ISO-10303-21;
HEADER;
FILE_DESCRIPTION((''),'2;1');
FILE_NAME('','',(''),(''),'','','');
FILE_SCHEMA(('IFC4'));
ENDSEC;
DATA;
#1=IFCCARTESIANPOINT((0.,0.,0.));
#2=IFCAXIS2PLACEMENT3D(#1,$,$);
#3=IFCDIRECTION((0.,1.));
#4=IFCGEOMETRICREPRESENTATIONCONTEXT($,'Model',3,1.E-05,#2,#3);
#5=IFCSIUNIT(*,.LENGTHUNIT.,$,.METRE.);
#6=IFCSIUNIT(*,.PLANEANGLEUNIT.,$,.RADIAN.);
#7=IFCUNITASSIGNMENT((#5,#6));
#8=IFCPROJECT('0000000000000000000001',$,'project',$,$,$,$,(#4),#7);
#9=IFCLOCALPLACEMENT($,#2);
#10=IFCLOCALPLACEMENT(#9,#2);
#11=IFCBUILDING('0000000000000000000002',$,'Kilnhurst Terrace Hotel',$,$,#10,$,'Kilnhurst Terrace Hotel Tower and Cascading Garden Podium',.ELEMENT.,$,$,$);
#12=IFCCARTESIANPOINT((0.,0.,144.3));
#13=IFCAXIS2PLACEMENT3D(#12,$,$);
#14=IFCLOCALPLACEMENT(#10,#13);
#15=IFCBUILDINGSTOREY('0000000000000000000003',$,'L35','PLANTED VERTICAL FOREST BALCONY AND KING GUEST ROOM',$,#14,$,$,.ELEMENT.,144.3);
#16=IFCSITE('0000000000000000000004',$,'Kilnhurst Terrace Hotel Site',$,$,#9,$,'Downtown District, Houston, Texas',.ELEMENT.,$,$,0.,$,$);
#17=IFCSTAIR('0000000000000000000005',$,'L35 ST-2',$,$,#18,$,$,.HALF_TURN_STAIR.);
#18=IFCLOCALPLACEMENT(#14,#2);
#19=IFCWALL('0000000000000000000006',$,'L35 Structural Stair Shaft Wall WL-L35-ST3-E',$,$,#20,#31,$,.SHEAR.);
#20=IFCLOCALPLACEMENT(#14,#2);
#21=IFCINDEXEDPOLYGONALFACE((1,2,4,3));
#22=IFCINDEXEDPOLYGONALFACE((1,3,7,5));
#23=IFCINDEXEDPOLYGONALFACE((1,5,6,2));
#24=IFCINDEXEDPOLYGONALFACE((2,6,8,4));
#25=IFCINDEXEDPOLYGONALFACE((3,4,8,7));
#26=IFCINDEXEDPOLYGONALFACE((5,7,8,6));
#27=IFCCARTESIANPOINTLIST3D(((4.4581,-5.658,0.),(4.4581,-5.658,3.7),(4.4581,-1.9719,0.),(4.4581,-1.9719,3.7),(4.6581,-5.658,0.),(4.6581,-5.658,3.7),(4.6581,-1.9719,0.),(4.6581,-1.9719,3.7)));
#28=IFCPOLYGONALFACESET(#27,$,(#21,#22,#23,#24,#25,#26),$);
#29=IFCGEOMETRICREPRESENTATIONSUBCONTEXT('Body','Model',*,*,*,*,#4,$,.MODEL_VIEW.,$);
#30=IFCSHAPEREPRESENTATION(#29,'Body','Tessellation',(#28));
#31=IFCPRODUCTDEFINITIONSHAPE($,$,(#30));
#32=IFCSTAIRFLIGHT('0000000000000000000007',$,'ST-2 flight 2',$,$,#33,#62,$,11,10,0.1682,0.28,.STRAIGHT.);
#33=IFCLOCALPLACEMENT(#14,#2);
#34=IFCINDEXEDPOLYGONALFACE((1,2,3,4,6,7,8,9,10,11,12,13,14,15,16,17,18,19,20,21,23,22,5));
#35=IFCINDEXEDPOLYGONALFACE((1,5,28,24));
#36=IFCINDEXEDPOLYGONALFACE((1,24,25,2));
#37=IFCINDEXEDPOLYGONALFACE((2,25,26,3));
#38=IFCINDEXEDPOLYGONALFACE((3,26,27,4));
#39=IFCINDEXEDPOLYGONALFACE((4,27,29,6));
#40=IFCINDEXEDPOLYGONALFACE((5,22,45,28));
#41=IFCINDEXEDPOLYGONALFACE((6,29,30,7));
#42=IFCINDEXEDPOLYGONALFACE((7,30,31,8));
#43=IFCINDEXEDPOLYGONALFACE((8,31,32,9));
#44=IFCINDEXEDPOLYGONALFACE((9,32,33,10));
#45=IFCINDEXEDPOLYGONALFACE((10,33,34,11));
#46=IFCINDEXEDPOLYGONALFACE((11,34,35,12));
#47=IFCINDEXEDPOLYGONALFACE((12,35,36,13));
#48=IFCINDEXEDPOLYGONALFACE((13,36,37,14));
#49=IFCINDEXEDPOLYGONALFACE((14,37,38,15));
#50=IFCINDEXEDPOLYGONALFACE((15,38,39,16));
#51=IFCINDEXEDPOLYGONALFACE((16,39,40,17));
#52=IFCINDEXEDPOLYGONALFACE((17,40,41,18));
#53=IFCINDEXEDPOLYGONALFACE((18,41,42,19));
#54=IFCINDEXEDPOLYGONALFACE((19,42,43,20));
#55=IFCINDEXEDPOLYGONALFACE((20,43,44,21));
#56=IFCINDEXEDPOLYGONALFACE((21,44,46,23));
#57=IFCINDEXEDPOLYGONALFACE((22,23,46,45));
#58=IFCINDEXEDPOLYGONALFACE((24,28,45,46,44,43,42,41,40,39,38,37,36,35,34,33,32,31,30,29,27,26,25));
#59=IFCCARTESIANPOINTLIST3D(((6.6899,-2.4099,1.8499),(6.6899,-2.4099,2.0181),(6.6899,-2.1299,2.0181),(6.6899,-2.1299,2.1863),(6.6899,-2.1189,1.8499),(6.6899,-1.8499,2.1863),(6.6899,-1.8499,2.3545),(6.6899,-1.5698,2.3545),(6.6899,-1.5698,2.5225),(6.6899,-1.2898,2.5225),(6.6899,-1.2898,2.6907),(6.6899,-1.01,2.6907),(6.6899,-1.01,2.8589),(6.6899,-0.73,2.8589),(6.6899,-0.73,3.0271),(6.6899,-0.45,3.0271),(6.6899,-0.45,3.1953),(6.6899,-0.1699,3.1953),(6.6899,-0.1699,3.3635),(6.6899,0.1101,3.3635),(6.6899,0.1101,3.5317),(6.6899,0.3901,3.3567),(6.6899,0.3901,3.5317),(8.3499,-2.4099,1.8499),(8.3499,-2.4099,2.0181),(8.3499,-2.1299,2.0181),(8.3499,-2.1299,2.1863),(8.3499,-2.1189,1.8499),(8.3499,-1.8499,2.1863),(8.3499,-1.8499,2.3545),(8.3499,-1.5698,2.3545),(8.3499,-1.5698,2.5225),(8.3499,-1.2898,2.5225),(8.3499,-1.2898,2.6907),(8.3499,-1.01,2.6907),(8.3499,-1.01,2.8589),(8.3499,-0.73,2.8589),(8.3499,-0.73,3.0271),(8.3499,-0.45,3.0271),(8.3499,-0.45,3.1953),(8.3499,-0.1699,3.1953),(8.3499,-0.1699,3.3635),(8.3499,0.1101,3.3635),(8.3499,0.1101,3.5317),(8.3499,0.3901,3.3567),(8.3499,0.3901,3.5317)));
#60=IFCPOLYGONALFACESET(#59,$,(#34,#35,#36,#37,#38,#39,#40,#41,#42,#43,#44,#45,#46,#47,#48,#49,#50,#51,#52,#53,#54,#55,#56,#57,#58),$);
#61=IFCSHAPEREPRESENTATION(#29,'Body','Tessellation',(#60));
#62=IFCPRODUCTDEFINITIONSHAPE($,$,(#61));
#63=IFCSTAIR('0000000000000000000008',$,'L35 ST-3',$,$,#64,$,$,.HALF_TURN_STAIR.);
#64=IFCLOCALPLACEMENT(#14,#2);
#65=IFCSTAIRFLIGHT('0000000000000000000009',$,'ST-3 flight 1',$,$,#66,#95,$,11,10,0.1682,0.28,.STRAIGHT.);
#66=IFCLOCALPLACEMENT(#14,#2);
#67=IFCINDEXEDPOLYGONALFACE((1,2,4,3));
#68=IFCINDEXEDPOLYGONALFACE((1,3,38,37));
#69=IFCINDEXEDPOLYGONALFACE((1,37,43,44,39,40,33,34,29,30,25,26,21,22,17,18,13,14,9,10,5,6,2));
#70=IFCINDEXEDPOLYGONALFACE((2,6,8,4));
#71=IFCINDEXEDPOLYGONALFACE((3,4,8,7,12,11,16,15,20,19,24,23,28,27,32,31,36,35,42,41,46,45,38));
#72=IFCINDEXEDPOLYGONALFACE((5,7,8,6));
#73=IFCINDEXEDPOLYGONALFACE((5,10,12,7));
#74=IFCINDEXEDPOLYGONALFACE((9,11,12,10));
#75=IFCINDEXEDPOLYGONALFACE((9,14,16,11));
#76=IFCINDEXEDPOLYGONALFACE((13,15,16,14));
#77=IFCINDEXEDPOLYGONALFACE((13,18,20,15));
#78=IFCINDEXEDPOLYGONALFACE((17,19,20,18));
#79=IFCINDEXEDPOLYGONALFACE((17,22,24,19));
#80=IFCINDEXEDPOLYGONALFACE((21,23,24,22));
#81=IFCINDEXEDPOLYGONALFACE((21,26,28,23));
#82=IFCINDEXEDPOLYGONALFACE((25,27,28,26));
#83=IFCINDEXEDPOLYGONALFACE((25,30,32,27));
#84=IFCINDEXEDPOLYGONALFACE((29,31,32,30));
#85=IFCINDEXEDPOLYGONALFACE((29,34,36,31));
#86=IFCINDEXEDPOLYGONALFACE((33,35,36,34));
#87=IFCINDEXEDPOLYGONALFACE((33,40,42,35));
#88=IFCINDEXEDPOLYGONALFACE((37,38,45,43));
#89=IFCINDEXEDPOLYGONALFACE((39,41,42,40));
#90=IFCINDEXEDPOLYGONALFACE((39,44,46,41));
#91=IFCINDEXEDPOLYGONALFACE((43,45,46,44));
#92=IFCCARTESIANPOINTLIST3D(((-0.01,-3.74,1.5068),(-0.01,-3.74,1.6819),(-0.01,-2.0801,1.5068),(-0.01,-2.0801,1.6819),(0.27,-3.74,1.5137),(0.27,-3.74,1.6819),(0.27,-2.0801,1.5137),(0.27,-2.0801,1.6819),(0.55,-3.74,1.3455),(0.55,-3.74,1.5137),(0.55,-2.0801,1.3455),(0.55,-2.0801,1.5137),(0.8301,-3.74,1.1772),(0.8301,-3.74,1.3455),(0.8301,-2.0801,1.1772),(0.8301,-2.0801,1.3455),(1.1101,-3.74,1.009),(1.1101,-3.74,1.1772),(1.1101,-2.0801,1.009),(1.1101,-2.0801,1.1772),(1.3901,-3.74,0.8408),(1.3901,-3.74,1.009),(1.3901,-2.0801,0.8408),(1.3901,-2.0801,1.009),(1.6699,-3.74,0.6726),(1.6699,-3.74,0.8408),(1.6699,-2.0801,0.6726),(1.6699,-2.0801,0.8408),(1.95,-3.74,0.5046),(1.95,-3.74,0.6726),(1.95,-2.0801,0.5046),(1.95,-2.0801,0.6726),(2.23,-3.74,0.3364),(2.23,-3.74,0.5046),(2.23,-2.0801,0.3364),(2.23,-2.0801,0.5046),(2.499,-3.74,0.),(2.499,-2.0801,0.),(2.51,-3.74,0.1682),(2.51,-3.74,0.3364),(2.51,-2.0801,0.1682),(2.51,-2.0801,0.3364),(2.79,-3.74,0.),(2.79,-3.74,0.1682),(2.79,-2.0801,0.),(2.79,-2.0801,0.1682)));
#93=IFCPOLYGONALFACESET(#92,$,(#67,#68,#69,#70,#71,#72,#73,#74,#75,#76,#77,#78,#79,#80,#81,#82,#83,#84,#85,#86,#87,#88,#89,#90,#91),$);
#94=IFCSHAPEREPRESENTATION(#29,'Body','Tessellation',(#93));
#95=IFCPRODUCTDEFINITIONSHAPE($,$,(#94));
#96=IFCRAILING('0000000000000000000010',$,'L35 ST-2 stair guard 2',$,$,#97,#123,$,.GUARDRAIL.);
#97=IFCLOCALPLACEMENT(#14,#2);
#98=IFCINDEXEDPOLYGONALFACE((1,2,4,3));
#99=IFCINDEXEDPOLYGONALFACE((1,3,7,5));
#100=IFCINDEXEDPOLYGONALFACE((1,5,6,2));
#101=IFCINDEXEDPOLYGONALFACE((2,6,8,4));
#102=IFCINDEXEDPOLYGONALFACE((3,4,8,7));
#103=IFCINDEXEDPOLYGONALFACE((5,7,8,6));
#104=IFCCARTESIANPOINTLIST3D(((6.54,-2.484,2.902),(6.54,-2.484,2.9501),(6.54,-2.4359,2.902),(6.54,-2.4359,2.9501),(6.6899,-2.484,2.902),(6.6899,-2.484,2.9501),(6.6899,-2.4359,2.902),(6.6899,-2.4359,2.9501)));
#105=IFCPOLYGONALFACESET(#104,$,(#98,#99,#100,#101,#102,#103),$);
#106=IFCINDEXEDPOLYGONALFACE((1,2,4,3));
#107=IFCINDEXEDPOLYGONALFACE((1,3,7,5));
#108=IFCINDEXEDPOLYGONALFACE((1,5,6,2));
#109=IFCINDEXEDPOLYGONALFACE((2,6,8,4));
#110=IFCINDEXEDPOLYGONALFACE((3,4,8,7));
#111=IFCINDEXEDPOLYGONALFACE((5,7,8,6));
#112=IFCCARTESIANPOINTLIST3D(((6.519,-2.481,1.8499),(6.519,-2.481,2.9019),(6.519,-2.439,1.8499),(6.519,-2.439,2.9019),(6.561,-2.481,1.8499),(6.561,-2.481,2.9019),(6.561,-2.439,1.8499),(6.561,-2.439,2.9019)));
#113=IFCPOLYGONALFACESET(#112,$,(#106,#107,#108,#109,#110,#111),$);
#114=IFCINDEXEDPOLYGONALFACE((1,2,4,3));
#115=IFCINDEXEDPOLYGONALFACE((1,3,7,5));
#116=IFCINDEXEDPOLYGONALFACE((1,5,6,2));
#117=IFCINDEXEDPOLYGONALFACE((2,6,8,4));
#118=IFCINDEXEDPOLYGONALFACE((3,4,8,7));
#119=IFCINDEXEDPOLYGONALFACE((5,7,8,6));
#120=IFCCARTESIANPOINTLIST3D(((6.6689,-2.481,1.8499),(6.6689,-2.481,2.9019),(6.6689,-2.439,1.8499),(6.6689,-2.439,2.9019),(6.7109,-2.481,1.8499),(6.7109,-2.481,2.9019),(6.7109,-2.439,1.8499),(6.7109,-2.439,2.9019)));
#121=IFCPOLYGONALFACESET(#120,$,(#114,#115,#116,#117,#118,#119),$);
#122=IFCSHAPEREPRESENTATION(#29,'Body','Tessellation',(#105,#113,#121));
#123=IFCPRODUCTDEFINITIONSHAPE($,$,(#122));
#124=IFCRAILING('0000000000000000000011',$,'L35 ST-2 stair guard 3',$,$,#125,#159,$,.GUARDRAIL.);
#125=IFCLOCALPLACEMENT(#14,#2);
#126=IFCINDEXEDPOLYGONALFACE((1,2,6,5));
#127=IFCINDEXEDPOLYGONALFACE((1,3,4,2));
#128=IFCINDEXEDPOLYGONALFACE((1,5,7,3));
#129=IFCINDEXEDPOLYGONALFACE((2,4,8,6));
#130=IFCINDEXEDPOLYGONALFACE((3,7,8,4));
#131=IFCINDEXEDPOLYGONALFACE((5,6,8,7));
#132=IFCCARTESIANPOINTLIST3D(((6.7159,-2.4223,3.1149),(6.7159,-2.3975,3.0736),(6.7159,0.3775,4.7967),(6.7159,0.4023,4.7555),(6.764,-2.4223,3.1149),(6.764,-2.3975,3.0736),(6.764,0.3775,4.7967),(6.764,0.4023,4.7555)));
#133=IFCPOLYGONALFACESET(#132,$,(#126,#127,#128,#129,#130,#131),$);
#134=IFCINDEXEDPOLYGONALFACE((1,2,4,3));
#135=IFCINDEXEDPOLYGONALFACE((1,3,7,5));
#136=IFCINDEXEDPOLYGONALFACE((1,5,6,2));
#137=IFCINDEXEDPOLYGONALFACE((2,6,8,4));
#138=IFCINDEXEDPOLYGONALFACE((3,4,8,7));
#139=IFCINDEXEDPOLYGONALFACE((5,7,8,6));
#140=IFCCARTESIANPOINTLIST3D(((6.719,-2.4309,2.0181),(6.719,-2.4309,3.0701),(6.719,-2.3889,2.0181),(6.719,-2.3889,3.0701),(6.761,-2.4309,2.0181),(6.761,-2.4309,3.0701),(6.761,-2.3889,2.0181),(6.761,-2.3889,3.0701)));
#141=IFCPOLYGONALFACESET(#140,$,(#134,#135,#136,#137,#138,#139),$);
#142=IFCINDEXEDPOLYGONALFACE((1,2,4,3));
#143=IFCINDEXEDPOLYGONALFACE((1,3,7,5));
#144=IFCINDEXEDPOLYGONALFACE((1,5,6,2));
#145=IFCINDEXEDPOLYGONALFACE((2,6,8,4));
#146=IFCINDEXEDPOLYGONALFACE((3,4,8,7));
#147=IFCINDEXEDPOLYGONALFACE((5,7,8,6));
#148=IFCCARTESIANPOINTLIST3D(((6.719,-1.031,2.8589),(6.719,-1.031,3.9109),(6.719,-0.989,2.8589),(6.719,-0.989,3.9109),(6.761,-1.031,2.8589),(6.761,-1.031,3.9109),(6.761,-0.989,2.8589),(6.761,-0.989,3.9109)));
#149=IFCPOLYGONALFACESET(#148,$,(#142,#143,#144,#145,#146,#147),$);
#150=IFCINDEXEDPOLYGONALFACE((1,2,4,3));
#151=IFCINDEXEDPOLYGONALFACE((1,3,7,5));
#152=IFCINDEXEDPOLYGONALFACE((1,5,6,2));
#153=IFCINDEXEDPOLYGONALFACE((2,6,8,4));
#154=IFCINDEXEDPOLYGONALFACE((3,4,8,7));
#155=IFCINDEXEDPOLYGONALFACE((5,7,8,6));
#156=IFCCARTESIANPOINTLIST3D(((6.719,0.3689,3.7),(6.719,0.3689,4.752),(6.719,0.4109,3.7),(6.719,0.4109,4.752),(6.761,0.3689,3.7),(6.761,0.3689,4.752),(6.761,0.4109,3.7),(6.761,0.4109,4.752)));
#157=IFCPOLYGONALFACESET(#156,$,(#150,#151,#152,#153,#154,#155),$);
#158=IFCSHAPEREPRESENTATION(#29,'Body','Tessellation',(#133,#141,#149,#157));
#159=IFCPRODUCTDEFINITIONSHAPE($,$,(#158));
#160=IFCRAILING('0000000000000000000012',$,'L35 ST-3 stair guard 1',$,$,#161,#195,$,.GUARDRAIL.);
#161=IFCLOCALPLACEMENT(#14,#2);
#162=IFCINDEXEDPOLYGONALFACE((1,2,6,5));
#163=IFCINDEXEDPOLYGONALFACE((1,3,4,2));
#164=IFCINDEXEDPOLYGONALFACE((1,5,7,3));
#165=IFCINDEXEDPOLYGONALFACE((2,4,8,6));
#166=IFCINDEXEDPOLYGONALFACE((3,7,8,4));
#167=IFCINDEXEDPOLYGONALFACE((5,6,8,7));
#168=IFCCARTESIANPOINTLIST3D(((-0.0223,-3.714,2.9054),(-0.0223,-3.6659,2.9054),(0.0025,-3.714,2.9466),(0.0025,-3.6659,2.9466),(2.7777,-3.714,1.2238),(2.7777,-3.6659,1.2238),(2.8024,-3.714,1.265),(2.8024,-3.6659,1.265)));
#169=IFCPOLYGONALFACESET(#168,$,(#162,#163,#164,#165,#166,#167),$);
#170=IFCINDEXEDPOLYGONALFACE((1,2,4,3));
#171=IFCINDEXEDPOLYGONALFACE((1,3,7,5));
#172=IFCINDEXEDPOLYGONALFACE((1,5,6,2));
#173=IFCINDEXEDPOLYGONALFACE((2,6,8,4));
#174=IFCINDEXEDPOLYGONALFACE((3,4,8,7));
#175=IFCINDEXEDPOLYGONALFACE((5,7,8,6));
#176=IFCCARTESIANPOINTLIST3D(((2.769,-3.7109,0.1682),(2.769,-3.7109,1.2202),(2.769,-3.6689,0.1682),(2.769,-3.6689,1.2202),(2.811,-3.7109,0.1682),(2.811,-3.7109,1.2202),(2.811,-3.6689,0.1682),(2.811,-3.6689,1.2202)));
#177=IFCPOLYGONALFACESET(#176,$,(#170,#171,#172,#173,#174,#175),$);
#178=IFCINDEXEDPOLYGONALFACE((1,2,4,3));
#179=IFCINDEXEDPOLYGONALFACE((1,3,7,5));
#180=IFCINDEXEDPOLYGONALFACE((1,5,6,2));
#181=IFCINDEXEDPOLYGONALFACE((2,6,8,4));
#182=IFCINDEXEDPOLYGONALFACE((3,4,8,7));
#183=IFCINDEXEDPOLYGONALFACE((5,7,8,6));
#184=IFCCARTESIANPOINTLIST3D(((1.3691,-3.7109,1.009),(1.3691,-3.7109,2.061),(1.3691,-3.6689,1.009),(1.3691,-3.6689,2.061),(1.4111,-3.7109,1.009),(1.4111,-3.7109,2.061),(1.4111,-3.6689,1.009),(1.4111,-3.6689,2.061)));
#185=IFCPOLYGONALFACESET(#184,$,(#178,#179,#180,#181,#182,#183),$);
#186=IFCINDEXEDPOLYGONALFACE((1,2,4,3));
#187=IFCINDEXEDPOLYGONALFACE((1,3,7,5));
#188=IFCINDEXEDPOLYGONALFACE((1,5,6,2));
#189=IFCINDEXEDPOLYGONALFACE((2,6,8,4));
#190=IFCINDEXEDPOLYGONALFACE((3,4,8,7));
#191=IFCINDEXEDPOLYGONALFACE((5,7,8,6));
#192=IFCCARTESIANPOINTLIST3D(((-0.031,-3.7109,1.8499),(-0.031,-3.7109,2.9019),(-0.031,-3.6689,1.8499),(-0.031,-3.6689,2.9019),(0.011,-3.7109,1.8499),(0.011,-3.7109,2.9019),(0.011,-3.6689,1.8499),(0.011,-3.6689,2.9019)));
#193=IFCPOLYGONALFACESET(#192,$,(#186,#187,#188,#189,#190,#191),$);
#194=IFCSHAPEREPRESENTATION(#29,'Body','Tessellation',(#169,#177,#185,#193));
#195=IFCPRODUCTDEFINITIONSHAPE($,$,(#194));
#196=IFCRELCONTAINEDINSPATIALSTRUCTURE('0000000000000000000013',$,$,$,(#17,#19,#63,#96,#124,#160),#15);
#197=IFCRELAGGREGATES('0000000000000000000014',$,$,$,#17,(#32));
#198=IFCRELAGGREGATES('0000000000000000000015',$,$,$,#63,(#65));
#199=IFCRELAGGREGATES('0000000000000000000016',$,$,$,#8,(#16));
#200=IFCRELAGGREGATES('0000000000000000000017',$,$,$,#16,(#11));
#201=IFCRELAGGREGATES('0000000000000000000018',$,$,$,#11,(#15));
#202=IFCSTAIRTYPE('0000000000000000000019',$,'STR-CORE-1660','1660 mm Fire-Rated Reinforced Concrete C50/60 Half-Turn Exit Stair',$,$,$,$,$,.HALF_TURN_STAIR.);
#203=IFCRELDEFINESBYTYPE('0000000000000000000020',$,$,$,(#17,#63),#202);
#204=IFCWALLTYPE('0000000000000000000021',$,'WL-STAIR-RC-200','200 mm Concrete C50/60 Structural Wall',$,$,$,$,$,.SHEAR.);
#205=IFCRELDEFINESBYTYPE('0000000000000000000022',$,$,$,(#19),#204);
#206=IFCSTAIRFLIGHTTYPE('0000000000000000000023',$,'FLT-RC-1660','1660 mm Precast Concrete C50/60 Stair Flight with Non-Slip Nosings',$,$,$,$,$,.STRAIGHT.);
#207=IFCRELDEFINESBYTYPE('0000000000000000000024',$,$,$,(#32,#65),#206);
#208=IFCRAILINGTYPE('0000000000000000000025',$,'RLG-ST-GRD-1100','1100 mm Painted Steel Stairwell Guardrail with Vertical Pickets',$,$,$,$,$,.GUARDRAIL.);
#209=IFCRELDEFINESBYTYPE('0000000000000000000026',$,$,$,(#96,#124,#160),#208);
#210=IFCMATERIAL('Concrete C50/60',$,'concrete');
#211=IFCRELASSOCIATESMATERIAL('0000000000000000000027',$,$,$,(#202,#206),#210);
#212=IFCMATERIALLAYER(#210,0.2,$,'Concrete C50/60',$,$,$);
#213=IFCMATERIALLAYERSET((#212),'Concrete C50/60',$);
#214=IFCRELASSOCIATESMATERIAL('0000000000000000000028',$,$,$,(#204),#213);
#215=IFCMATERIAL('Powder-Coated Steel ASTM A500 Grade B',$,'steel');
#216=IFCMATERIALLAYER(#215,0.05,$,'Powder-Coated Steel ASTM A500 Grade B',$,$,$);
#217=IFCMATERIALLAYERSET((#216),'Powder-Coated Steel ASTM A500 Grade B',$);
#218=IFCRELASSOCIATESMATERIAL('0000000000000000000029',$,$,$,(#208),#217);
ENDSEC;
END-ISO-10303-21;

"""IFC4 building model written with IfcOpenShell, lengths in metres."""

from ifc_helpers import new_model, si_unit, direction, frame, frame_2d, origin, origin_2d, place, context, subcontext, project, spatial, polyline, rectangle, outline, extrude, material, layer, layer_set, type_object, element, aggregate, save


model = new_model("IFC4")

# Units and contexts
model_context = context("Model", 3, precision=1e-05, world=origin(), true_north=direction((0.0, 1.0)))
body_context = subcontext(model_context, "Body", "Model", "MODEL_VIEW")
ifc_project = project(units=[si_unit("LENGTHUNIT", "METRE"), si_unit("PLANEANGLEUNIT", "RADIAN")], contexts=[model_context])

# Site, building, storey
site_placement = place(None, origin())
site = spatial("IfcSite", under=ifc_project, at=site_placement, Name="Kilnhurst Terrace Hotel Site", LongName="Downtown District, Houston, Texas", CompositionType="ELEMENT", RefElevation=0.0)
building_placement = place(site_placement, origin())
building = spatial("IfcBuilding", under=site, at=building_placement, Name="Kilnhurst Terrace Hotel", LongName="Kilnhurst Terrace Hotel Tower and Cascading Garden Podium", CompositionType="ELEMENT")
storey_placement = place(building_placement, frame((0.0, 0.0, 144.3)))
storey = spatial("IfcBuildingStorey", under=building, at=storey_placement, Name="L35", Description="PLANTED VERTICAL FOREST BALCONY AND KING GUEST ROOM", CompositionType="ELEMENT", Elevation=144.3)

# Stair
ifc_material_1 = material(Name="Concrete C50/60", Category="concrete")
stair_type = type_object("IfcStairType", Name="STR-CORE-1660", Description="1660 mm Fire-Rated Reinforced Concrete C50/60 Half-Turn Exit Stair", PredefinedType="HALF_TURN_STAIR", material=ifc_material_1)
stair_1_placement = place(storey_placement, origin())
stair_1 = element("IfcStair", 1, at=stair_1_placement, inside=storey, type_object=stair_type, Name="L35 ST-2", PredefinedType="HALF_TURN_STAIR")

# Wall
ifc_layer_1 = layer(ifc_material_1, 0.2, Name="Concrete C50/60")
ifc_layer_set_1 = layer_set([ifc_layer_1], Name="Concrete C50/60")
wall_type_1 = type_object("IfcWallType", Name="WL-STAIR-RC-200", Description="200 mm Concrete C50/60 Structural Wall", PredefinedType="SHEAR", material=ifc_layer_set_1)
for number, where, z_axis, x_axis, name in (
    (2, (4.5581, -5.658, 0.0), (0.0, 0.0, 1.0), (0.0, 1.0, 0.0), "L35 Structural Stair Shaft Wall WL-L35-ST3-E"),
):
    element("IfcWall", number, at=place(storey_placement, frame(where, z_axis=z_axis, x_axis=x_axis)), inside=storey, type_object=wall_type_1, Name=name, PredefinedType="SHEAR", context=body_context, shape_type="SweptSolid", body=[
        extrude(rectangle(XDim=3.686, YDim=0.2, at=frame_2d((1.843, 0.0))), origin(), (0.0, 0.0, 1.0), 3.7),
    ])

# Stair flight
stair_flight_type = type_object("IfcStairFlightType", Name="FLT-RC-1660", Description="1660 mm Precast Concrete C50/60 Stair Flight with Non-Slip Nosings", PredefinedType="STRAIGHT", material=ifc_material_1)
stair_flight_1_placement = place(storey_placement, frame((7.52, -2.4099, 1.8499), z_axis=(0.0, 0.0, 1.0), x_axis=(0.0, 1.0, 0.0)))
stair_flight_1 = element("IfcStairFlight", 3, at=stair_flight_1_placement, type_object=stair_flight_type, Name="ST-2 flight 2", NumberOfRisers=11, NumberOfTreads=10, PredefinedType="STRAIGHT", RiserHeight=0.1682, TreadLength=0.28, context=body_context, shape_type="SweptSolid", body=[
    extrude(outline(polyline([(0.0, 0.0), (0.0, 0.1682), (0.28, 0.1682), (0.28, 0.3364), (0.5601, 0.3364), (0.5601, 0.5046), (0.8401, 0.5046), (0.8401, 0.6726), (1.1201, 0.6726), (1.1201, 0.8408), (1.3999, 0.8408), (1.3999, 1.009), (1.6799, 1.009), (1.6799, 1.1772), (1.96, 1.1772), (1.96, 1.3455), (2.24, 1.3455), (2.24, 1.5137), (2.52, 1.5137), (2.52, 1.6819), (2.8, 1.6819), (2.8, 1.8501), (2.8, 1.5068), (0.291, 0.0), (0.0, 0.0)])), frame((0.0, 0.8301, 0.0), z_axis=(0.0, -1.0, 0.0), x_axis=(1.0, 0.0, 0.0)), (0.0, 0.0, 1.0), 1.6599),
])
aggregate(stair_1, [stair_flight_1])

# Stair, stair flight
stair_2_placement = place(storey_placement, origin())
stair_2 = element("IfcStair", 4, at=stair_2_placement, inside=storey, type_object=stair_type, Name="L35 ST-3", PredefinedType="HALF_TURN_STAIR")
stair_flight_2_placement = place(storey_placement, frame((2.79, -2.9099, 0.0), z_axis=(0.0, 0.0, 1.0), x_axis=(-1.0, 0.0, 0.0)))
stair_flight_2 = element("IfcStairFlight", 5, at=stair_flight_2_placement, type_object=stair_flight_type, Name="ST-3 flight 1", NumberOfRisers=11, NumberOfTreads=10, PredefinedType="STRAIGHT", RiserHeight=0.1682, TreadLength=0.28, context=body_context, shape_type="SweptSolid", body=[
    extrude(outline(polyline([(0.0, 0.0), (0.0, 0.1682), (0.28, 0.1682), (0.28, 0.3364), (0.5601, 0.3364), (0.5601, 0.5046), (0.8401, 0.5046), (0.8401, 0.6726), (1.1201, 0.6726), (1.1201, 0.8408), (1.3999, 0.8408), (1.3999, 1.009), (1.6799, 1.009), (1.6799, 1.1772), (1.96, 1.1772), (1.96, 1.3455), (2.24, 1.3455), (2.24, 1.5137), (2.52, 1.5137), (2.52, 1.6819), (2.8, 1.6819), (2.8, 1.8501), (2.8, 1.5068), (0.291, 0.0), (0.0, 0.0)])), frame((0.0, 0.8301, 0.0), z_axis=(0.0, -1.0, 0.0), x_axis=(1.0, 0.0, 0.0)), (0.0, 0.0, 1.0), 1.6599),
])
aggregate(stair_2, [stair_flight_2])

# Railings
ifc_material_2 = material(Name="Powder-Coated Steel ASTM A500 Grade B", Category="steel")
ifc_layer_2 = layer(ifc_material_2, 0.05, Name="Powder-Coated Steel ASTM A500 Grade B")
ifc_layer_set_2 = layer_set([ifc_layer_2], Name="Powder-Coated Steel ASTM A500 Grade B")
railing_type_1 = type_object("IfcRailingType", Name="RLG-ST-GRD-1100", Description="1100 mm Painted Steel Stairwell Guardrail with Vertical Pickets", PredefinedType="GUARDRAIL", material=ifc_layer_set_2)
railing_1_placement = place(storey_placement, frame((6.54, -2.46, 1.8499)))
element("IfcRailing", 6, at=railing_1_placement, inside=storey, type_object=railing_type_1, Name="L35 ST-2 stair guard 2", PredefinedType="GUARDRAIL", context=body_context, shape_type="SweptSolid", body=[
    extrude(rectangle(XDim=0.0481, YDim=0.0481, at=origin_2d()), frame((0.0, 0.0, 1.0762), z_axis=(1.0, 0.0, 0.0), x_axis=(0.0, 1.0, 0.0)), (0.0, 0.0, 1.0), 0.1499),
    extrude(rectangle(XDim=0.042, YDim=0.042, at=origin_2d()), origin(), (0.0, 0.0, 1.0), 1.052),
    extrude(rectangle(XDim=0.042, YDim=0.042, at=origin_2d()), frame((0.1499, 0.0, 0.0)), (0.0, 0.0, 1.0), 1.052),
])
railing_2_placement = place(storey_placement, frame((6.74, -2.4099, 2.0181)))
element("IfcRailing", 7, at=railing_2_placement, inside=storey, type_object=railing_type_1, Name="L35 ST-2 stair guard 3", PredefinedType="GUARDRAIL", context=body_context, shape_type="SweptSolid", body=[
    extrude(rectangle(XDim=0.0481, YDim=0.0481, at=origin_2d()), frame((0.0, 0.0, 1.0762), z_axis=(0.0, 0.857222, 0.514946), x_axis=(-1.0, 0.0, 0.0)), (0.0, 0.0, 1.0), 3.2661),
    extrude(rectangle(XDim=0.042, YDim=0.042, at=origin_2d()), origin(), (0.0, 0.0, 1.0), 1.052),
    extrude(rectangle(XDim=0.042, YDim=0.042, at=origin_2d()), frame((0.0, 1.3999, 0.8408)), (0.0, 0.0, 1.0), 1.052),
    extrude(rectangle(XDim=0.042, YDim=0.042, at=origin_2d()), frame((0.0, 2.7998, 1.6819)), (0.0, 0.0, 1.0), 1.052),
])
railing_3_placement = place(storey_placement, frame((2.79, -3.6899, 0.1682)))
element("IfcRailing", 8, at=railing_3_placement, inside=storey, type_object=railing_type_1, Name="L35 ST-3 stair guard 1", PredefinedType="GUARDRAIL", context=body_context, shape_type="SweptSolid", body=[
    extrude(rectangle(XDim=0.0481, YDim=0.0481, at=origin_2d()), frame((0.0, 0.0, 1.0762), z_axis=(-0.857275, 0.0, 0.514858), x_axis=(0.0, -1.0, 0.0)), (0.0, 0.0, 1.0), 3.2661),
    extrude(rectangle(XDim=0.042, YDim=0.042, at=origin_2d()), origin(), (0.0, 0.0, 1.0), 1.052),
    extrude(rectangle(XDim=0.042, YDim=0.042, at=origin_2d()), frame((-1.3999, 0.0, 0.8408)), (0.0, 0.0, 1.0), 1.052),
    extrude(rectangle(XDim=0.042, YDim=0.042, at=origin_2d()), frame((-2.8, 0.0, 1.6816)), (0.0, 0.0, 1.0), 1.052),
])

save(model, "model.ifc")
